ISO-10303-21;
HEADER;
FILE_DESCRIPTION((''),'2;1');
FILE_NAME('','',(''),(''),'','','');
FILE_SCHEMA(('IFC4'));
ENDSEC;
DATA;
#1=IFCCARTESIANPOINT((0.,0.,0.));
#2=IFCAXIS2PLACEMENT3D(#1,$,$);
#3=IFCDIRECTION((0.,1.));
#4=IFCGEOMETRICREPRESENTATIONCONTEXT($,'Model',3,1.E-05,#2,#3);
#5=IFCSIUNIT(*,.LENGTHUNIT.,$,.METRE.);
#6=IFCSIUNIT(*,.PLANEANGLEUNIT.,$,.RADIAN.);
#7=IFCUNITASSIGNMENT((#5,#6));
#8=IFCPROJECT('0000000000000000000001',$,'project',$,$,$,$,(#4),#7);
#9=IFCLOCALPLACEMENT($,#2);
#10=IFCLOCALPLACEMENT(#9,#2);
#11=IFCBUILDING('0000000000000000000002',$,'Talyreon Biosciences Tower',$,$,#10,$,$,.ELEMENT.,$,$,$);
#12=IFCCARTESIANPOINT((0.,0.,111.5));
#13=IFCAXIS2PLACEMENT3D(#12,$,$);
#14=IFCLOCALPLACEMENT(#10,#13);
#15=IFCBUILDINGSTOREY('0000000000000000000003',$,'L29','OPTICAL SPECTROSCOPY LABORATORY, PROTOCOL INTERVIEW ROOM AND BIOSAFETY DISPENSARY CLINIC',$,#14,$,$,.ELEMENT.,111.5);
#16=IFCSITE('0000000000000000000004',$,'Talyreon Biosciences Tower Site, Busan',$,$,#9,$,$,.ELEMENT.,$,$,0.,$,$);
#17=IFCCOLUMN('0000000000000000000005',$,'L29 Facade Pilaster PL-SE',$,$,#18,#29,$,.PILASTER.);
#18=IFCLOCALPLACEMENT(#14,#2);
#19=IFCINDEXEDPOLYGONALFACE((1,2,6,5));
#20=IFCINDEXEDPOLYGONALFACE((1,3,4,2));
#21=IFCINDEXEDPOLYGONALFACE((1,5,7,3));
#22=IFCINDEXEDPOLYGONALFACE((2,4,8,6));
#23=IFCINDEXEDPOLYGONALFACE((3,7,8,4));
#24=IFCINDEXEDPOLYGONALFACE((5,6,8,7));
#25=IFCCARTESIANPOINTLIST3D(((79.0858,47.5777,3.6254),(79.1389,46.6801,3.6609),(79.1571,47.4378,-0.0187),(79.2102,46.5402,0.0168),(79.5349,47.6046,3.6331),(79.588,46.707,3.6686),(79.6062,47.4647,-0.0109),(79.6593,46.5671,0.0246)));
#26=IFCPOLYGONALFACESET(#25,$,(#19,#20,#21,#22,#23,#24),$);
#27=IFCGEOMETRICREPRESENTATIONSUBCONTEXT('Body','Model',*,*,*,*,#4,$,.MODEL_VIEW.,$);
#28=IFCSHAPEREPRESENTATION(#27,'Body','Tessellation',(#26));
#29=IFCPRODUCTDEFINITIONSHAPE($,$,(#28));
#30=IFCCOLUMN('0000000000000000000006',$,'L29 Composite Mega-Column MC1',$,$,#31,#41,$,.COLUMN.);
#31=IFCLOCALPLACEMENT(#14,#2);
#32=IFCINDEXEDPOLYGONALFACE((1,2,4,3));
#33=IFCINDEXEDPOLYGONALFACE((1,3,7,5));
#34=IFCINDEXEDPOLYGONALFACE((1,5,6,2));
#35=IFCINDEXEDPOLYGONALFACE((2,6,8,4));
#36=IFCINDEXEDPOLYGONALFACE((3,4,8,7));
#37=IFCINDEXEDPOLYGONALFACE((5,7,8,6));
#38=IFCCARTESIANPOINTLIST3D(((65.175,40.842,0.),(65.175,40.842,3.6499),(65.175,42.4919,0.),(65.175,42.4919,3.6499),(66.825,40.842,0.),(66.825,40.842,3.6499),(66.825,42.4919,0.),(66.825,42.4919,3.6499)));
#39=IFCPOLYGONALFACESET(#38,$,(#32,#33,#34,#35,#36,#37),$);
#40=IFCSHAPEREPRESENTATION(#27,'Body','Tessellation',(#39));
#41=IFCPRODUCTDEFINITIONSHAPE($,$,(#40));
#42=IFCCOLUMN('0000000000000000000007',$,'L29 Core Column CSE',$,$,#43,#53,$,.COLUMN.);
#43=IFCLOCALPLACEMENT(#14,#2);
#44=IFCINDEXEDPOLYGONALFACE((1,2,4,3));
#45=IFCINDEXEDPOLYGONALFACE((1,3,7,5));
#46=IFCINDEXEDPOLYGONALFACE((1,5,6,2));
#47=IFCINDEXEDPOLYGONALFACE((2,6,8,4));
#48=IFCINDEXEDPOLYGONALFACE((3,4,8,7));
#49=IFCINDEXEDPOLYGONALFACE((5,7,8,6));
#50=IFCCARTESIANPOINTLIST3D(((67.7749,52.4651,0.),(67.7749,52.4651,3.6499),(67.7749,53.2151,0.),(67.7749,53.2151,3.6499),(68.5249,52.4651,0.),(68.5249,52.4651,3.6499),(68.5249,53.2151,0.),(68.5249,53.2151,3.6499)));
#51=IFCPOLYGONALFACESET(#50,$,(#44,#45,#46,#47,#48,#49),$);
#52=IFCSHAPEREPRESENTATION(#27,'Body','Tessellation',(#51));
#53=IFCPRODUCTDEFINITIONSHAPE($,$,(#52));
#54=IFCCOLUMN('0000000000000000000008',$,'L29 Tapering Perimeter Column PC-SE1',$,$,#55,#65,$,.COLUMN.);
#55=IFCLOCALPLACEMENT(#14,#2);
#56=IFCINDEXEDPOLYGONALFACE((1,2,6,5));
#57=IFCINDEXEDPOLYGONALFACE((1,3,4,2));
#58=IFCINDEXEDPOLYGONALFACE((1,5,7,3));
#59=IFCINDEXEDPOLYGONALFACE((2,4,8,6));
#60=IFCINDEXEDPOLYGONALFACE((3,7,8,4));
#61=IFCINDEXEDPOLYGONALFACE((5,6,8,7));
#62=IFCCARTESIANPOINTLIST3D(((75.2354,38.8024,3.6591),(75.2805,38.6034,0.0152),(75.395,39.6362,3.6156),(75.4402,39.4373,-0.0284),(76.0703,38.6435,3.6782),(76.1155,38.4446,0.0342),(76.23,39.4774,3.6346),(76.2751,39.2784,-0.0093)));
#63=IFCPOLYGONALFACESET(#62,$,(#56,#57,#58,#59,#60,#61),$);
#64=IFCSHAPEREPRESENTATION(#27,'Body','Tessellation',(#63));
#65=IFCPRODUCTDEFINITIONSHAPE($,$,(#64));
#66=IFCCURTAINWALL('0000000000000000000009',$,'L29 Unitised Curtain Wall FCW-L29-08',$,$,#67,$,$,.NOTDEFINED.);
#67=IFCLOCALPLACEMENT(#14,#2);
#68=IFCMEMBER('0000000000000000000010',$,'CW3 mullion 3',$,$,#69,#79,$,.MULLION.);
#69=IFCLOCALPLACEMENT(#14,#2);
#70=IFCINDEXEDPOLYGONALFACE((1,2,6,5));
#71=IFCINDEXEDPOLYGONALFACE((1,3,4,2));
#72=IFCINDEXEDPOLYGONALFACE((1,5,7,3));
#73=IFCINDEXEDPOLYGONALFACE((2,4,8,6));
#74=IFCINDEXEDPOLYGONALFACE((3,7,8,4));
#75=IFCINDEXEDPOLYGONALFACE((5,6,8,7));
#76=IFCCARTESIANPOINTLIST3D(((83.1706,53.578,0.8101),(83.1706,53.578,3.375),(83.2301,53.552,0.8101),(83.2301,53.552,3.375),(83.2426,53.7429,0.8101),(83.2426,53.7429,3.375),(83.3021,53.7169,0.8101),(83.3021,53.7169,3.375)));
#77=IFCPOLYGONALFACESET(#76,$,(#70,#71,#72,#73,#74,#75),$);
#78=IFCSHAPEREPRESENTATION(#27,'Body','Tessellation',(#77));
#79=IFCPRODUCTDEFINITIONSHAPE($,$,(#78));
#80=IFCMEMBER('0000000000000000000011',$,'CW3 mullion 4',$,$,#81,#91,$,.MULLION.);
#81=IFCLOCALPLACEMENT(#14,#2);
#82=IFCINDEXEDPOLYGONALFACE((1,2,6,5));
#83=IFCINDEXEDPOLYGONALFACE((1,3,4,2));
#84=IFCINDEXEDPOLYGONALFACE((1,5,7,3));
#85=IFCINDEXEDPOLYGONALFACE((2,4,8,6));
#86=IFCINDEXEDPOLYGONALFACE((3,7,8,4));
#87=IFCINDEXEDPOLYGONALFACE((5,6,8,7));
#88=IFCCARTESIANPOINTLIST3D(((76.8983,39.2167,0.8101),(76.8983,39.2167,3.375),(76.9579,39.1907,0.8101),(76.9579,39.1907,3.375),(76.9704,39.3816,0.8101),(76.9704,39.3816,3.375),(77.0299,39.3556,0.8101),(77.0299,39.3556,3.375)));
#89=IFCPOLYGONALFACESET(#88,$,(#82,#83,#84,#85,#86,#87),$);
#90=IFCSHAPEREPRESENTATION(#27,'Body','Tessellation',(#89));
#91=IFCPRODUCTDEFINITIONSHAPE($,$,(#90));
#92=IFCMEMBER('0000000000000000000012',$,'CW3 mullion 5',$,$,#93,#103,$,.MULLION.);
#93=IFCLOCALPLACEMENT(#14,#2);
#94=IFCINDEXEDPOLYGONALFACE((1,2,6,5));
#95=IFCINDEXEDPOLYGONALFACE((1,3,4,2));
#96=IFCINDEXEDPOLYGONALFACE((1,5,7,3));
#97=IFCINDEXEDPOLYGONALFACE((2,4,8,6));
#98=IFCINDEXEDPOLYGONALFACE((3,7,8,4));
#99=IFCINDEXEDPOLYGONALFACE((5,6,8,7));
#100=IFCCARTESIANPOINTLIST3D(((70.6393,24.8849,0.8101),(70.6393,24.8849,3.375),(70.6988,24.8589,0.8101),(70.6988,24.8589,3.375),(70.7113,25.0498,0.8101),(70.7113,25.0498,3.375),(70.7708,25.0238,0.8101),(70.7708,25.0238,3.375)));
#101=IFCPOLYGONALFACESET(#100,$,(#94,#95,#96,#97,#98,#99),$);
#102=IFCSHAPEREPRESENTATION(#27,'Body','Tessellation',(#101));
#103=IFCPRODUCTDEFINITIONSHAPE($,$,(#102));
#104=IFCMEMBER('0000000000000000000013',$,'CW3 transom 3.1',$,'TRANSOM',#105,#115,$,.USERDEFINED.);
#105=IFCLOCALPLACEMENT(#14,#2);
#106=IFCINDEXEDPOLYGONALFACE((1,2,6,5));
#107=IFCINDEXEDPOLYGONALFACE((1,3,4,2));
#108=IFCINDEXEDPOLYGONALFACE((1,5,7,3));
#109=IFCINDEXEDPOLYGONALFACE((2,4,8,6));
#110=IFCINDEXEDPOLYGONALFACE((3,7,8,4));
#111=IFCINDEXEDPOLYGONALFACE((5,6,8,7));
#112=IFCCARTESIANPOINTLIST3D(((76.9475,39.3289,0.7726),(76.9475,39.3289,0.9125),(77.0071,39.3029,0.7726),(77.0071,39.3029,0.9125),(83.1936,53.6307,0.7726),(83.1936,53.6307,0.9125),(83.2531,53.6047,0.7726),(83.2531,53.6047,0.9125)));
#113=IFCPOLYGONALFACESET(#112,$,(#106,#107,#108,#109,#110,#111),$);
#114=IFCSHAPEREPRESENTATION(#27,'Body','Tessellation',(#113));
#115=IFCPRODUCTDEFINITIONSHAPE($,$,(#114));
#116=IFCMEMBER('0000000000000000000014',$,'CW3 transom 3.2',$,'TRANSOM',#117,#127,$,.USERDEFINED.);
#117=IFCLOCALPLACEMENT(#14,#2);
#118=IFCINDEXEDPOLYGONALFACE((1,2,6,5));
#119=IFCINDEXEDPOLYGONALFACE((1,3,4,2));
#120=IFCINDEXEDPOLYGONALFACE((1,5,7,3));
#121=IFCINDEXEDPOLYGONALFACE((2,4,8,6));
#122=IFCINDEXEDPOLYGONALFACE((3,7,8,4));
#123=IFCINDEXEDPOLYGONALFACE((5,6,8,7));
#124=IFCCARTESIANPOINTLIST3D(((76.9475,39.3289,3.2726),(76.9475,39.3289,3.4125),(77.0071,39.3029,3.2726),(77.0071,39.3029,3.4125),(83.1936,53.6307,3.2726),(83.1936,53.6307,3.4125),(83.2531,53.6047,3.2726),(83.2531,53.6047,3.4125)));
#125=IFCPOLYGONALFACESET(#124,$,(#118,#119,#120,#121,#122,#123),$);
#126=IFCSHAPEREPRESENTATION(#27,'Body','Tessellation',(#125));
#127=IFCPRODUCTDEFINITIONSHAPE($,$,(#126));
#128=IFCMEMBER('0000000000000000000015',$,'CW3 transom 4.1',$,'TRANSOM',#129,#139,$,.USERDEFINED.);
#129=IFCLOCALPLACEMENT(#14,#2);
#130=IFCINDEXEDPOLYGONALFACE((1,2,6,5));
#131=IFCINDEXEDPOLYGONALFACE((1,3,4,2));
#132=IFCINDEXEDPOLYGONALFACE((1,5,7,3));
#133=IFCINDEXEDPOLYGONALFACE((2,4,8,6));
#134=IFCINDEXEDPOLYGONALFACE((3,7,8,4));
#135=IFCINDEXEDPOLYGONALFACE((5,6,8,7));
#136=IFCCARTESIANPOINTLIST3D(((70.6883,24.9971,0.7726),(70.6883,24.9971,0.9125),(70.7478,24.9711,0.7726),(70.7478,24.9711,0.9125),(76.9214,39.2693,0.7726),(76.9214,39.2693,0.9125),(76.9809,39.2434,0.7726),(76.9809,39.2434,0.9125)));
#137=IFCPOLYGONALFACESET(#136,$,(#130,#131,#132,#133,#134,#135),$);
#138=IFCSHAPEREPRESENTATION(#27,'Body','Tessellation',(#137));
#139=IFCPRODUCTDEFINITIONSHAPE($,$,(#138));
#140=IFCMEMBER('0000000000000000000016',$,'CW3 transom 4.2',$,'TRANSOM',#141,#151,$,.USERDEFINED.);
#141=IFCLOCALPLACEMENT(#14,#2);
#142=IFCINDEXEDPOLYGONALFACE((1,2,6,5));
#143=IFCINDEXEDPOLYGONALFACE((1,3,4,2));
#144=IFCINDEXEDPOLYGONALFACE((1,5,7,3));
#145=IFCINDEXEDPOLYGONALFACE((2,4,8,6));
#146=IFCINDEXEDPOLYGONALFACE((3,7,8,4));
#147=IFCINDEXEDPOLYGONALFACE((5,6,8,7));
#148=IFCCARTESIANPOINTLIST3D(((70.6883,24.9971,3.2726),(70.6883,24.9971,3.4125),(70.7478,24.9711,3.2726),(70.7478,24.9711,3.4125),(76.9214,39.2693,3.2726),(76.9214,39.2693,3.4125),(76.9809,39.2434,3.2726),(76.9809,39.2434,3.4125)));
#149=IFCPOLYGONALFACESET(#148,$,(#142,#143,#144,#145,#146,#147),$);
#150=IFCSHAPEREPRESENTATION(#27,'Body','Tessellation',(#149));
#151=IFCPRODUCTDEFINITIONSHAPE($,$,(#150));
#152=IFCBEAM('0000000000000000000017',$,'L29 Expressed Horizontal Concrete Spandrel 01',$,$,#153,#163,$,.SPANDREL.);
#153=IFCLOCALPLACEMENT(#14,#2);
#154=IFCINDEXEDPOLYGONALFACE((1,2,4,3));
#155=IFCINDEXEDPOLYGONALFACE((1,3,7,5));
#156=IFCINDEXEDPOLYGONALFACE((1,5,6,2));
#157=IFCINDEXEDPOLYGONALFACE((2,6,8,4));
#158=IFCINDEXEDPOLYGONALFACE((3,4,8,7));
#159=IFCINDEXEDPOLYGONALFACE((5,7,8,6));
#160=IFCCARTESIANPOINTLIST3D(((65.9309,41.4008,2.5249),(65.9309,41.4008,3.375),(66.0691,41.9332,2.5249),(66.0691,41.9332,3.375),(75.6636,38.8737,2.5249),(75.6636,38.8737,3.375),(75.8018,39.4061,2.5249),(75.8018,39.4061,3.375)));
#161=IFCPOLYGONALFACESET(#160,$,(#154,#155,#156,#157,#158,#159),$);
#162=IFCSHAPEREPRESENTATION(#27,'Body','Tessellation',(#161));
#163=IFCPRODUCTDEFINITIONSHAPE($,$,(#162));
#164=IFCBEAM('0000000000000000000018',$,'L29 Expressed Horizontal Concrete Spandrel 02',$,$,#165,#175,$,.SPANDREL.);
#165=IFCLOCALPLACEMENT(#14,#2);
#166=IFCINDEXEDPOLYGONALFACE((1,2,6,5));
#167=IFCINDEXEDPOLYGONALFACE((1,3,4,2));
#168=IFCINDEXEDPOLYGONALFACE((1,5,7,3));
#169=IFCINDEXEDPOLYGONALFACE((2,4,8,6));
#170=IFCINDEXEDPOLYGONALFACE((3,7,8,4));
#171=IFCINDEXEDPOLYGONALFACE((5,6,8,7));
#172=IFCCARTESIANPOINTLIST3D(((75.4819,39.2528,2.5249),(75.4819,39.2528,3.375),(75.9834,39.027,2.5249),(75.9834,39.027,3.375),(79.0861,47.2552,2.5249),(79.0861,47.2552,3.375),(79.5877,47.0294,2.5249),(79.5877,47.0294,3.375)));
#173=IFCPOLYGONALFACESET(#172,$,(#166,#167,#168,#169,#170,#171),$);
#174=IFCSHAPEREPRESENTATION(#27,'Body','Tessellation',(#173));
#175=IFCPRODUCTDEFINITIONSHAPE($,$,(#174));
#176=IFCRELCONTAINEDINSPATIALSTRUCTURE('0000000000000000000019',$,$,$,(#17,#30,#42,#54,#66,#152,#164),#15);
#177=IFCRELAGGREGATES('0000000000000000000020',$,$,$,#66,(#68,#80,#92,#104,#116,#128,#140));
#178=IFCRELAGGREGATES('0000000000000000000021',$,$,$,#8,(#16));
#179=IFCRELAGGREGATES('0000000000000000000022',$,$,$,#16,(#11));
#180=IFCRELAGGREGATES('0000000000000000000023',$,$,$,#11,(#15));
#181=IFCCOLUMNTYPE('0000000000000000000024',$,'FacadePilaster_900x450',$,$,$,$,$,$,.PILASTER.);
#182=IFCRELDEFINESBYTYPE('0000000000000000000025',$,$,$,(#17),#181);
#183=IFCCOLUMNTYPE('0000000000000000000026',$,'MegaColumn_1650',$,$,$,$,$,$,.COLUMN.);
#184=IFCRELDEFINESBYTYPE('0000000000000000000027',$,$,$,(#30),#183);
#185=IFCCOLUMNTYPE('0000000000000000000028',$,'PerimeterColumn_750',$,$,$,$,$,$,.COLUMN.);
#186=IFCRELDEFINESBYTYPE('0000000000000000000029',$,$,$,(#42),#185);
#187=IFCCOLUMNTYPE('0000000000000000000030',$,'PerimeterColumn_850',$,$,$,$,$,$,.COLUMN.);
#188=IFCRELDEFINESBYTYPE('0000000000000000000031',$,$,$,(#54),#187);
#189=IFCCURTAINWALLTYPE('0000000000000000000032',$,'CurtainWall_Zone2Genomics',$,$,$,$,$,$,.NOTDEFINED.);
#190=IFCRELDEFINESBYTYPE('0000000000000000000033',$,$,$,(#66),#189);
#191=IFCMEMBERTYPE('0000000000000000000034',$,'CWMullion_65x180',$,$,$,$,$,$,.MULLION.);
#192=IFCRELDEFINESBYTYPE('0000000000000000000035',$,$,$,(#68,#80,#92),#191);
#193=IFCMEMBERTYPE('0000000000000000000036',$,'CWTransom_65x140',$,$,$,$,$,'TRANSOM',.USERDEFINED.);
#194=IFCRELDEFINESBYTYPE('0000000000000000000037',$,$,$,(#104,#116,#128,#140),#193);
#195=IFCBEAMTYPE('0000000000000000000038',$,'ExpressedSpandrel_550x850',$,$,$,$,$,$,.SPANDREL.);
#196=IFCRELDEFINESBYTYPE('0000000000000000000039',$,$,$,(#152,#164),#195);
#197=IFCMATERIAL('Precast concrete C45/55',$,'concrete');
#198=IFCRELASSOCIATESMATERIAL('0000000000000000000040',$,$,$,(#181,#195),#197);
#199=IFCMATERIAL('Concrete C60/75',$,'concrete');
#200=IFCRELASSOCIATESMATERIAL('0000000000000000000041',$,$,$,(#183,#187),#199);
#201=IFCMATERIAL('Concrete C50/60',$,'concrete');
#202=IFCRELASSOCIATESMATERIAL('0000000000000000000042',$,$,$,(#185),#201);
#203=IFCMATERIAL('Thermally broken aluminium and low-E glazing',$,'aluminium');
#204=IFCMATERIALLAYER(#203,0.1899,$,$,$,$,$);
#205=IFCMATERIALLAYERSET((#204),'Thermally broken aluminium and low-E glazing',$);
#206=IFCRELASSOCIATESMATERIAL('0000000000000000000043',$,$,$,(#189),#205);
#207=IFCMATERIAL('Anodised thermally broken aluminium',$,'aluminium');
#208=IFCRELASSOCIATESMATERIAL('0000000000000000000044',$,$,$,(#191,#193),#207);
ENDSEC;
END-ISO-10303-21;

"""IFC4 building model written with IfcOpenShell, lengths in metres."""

from ifc_helpers import new_model, si_unit, direction, frame, origin, origin_2d, place, context, subcontext, project, spatial, rectangle, extrude, material, layer, layer_set, material_profile, profile_set, type_object, element, aggregate, save


model = new_model("IFC4")

# Units and contexts
model_context = context("Model", 3, precision=1e-05, world=origin(), true_north=direction((0.0, 1.0)))
body_context = subcontext(model_context, "Body", "Model", "MODEL_VIEW")
ifc_project = project(units=[si_unit("LENGTHUNIT", "METRE"), si_unit("PLANEANGLEUNIT", "RADIAN")], contexts=[model_context])

# Site, building, storey
site_placement = place(None, origin())
site = spatial("IfcSite", under=ifc_project, at=site_placement, Name="Talyreon Biosciences Tower Site, Busan", CompositionType="ELEMENT", RefElevation=0.0)
building_placement = place(site_placement, origin())
building = spatial("IfcBuilding", under=site, at=building_placement, Name="Talyreon Biosciences Tower", CompositionType="ELEMENT")
storey_placement = place(building_placement, frame((0.0, 0.0, 111.5)))
storey = spatial("IfcBuildingStorey", under=building, at=storey_placement, Name="L29", Description="OPTICAL SPECTROSCOPY LABORATORY, PROTOCOL INTERVIEW ROOM AND BIOSAFETY DISPENSARY CLINIC", CompositionType="ELEMENT", Elevation=111.5)

# Columns
ifc_material_1 = material(Name="Precast concrete C45/55", Category="concrete")
ifc_material_profile_1 = material_profile(ifc_material_1, rectangle(XDim=0.8999, YDim=0.45, at=origin_2d()), Name="RC 900x450")
ifc_profile_set_1 = profile_set([ifc_material_profile_1], Name="Precast concrete C45/55")
column_type_1 = type_object("IfcColumnType", Name="FacadePilaster_900x450", PredefinedType="PILASTER", material=ifc_profile_set_1)
column_1_placement = place(storey_placement, frame((79.4082, 47.0024, 0.0029), z_axis=(-0.019545, 0.038354, 0.999073), x_axis=(0.059048, -0.997475, 0.039448)))
element("IfcColumn", 1, at=column_1_placement, inside=storey, type_object=column_type_1, Name="L29 Facade Pilaster PL-SE", PredefinedType="PILASTER", context=body_context, shape_type="SweptSolid", body=[
    extrude(rectangle(XDim=0.8999, YDim=0.45, at=origin_2d()), origin(), (0.0, 0.0, 1.0), 3.6475),
])
ifc_material_2 = material(Name="Concrete C60/75", Category="concrete")
ifc_material_profile_2 = material_profile(ifc_material_2, rectangle(XDim=1.6499, YDim=1.6499, at=origin_2d()), Name="RC 1650x1650")
ifc_profile_set_2 = profile_set([ifc_material_profile_2], Name="Concrete C60/75")
column_type_2 = type_object("IfcColumnType", Name="MegaColumn_1650", PredefinedType="COLUMN", material=ifc_profile_set_2)
column_2_placement = place(storey_placement, frame((66.0, 41.667, 0.0), z_axis=(0.0, 0.0, 1.0), x_axis=(1.0, 0.0, 0.0)))
element("IfcColumn", 2, at=column_2_placement, inside=storey, type_object=column_type_2, Name="L29 Composite Mega-Column MC1", PredefinedType="COLUMN", context=body_context, shape_type="SweptSolid", body=[
    extrude(rectangle(XDim=1.6499, YDim=1.6499, at=origin_2d()), origin(), (0.0, 0.0, 1.0), 3.6499),
])
ifc_material_3 = material(Name="Concrete C50/60", Category="concrete")
ifc_material_profile_3 = material_profile(ifc_material_3, rectangle(XDim=0.75, YDim=0.75, at=origin_2d()), Name="RC 750x750")
ifc_profile_set_3 = profile_set([ifc_material_profile_3], Name="Concrete C50/60")
column_type_3 = type_object("IfcColumnType", Name="PerimeterColumn_750", PredefinedType="COLUMN", material=ifc_profile_set_3)
column_3_placement = place(storey_placement, frame((68.1499, 52.8401, 0.0), z_axis=(0.0, 0.0, 1.0), x_axis=(1.0, 0.0, 0.0)))
element("IfcColumn", 3, at=column_3_placement, inside=storey, type_object=column_type_3, Name="L29 Core Column CSE", PredefinedType="COLUMN", context=body_context, shape_type="SweptSolid", body=[
    extrude(rectangle(XDim=0.75, YDim=0.75, at=origin_2d()), origin(), (0.0, 0.0, 1.0), 3.6499),
])
ifc_material_profile_4 = material_profile(ifc_material_2, rectangle(XDim=0.8501, YDim=0.8501, at=origin_2d()), Name="RC 850x850")
ifc_profile_set_4 = profile_set([ifc_material_profile_4], Name="Concrete C60/75")
column_type_4 = type_object("IfcColumnType", Name="PerimeterColumn_850", PredefinedType="COLUMN", material=ifc_profile_set_4)
column_4_placement = place(storey_placement, frame((75.7778, 38.9409, 0.0029), z_axis=(-0.012375, 0.054517, 0.998436), x_axis=(-0.187817, -0.980867, 0.05123)))
element("IfcColumn", 4, at=column_4_placement, inside=storey, type_object=column_type_4, Name="L29 Tapering Perimeter Column PC-SE1", PredefinedType="COLUMN", context=body_context, shape_type="SweptSolid", body=[
    extrude(rectangle(XDim=0.8501, YDim=0.8501, at=origin_2d()), origin(), (0.0, 0.0, 1.0), 3.6497),
])

# Curtain wall, members
ifc_material_4 = material(Name="Thermally broken aluminium and low-E glazing", Category="aluminium")
ifc_layer_1 = layer(ifc_material_4, 0.1899)
ifc_layer_set_1 = layer_set([ifc_layer_1], Name="Thermally broken aluminium and low-E glazing")
curtain_wall_type = type_object("IfcCurtainWallType", Name="CurtainWall_Zone2Genomics", PredefinedType="NOTDEFINED", material=ifc_layer_set_1)
curtain_wall_placement = place(storey_placement, origin())
curtain_wall = element("IfcCurtainWall", 5, at=curtain_wall_placement, inside=storey, type_object=curtain_wall_type, Name="L29 Unitised Curtain Wall FCW-L29-08", PredefinedType="NOTDEFINED")
ifc_material_5 = material(Name="Anodised thermally broken aluminium", Category="aluminium")
ifc_material_profile_5 = material_profile(ifc_material_5, rectangle(XDim=0.0649, YDim=0.1799, at=origin_2d()), Name="ALUM MULLION 65x180")
ifc_profile_set_5 = profile_set([ifc_material_profile_5], Name="Anodised thermally broken aluminium")
member_type_1 = type_object("IfcMemberType", Name="CWMullion_65x180", PredefinedType="MULLION", material=ifc_profile_set_5)
member_1_placement = place(storey_placement, frame((83.2363, 53.6475, 0.8101), z_axis=(0.0, 0.0, 1.0), x_axis=(0.916416, -0.400226, 0.0)))
member_1 = element("IfcMember", 6, at=member_1_placement, type_object=member_type_1, Name="CW3 mullion 3", PredefinedType="MULLION", context=body_context, shape_type="SweptSolid", body=[
    extrude(rectangle(XDim=0.0649, YDim=0.1799, at=origin_2d()), origin(), (0.0, 0.0, 1.0), 2.5649),
])
member_2_placement = place(storey_placement, frame((76.9641, 39.2861, 0.8101), z_axis=(0.0, 0.0, 1.0), x_axis=(0.916416, -0.400226, 0.0)))
member_2 = element("IfcMember", 7, at=member_2_placement, type_object=member_type_1, Name="CW3 mullion 4", PredefinedType="MULLION", context=body_context, shape_type="SweptSolid", body=[
    extrude(rectangle(XDim=0.0649, YDim=0.1799, at=origin_2d()), origin(), (0.0, 0.0, 1.0), 2.5649),
])
member_3_placement = place(storey_placement, frame((70.7051, 24.9543, 0.8101), z_axis=(0.0, 0.0, 1.0), x_axis=(0.916416, -0.400226, 0.0)))
member_3 = element("IfcMember", 8, at=member_3_placement, type_object=member_type_1, Name="CW3 mullion 5", PredefinedType="MULLION", context=body_context, shape_type="SweptSolid", body=[
    extrude(rectangle(XDim=0.0649, YDim=0.1799, at=origin_2d()), origin(), (0.0, 0.0, 1.0), 2.5649),
])
ifc_material_profile_6 = material_profile(ifc_material_5, rectangle(XDim=0.0649, YDim=0.1399, at=origin_2d()), Name="ALUM TRANSOM 65x140")
ifc_profile_set_6 = profile_set([ifc_material_profile_6], Name="Anodised thermally broken aluminium")
member_type_2 = type_object("IfcMemberType", Name="CWTransom_65x140", ElementType="TRANSOM", PredefinedType="USERDEFINED", material=ifc_profile_set_6)
member_4_placement = place(storey_placement, frame((83.2234, 53.6177, 0.8425), z_axis=(-0.400231, -0.916414, 0.0), x_axis=(0.916414, -0.400231, 0.0)))
member_4 = element("IfcMember", 9, at=member_4_placement, type_object=member_type_2, Name="CW3 transom 3.1", ObjectType="TRANSOM", PredefinedType="USERDEFINED", context=body_context, shape_type="SweptSolid", body=[
    extrude(rectangle(XDim=0.0649, YDim=0.1399, at=origin_2d()), origin(), (0.0, 0.0, 1.0), 15.6062),
])
member_5_placement = place(storey_placement, frame((83.2234, 53.6177, 3.3425), z_axis=(-0.400231, -0.916414, 0.0), x_axis=(0.916414, -0.400231, 0.0)))
member_5 = element("IfcMember", 10, at=member_5_placement, type_object=member_type_2, Name="CW3 transom 3.2", ObjectType="TRANSOM", PredefinedType="USERDEFINED", context=body_context, shape_type="SweptSolid", body=[
    extrude(rectangle(XDim=0.0649, YDim=0.1399, at=origin_2d()), origin(), (0.0, 0.0, 1.0), 15.6062),
])
member_6_placement = place(storey_placement, frame((76.9512, 39.2563, 0.8425), z_axis=(-0.400229, -0.916415, 0.0), x_axis=(0.916415, -0.400229, 0.0)))
member_6 = element("IfcMember", 11, at=member_6_placement, type_object=member_type_2, Name="CW3 transom 4.1", ObjectType="TRANSOM", PredefinedType="USERDEFINED", context=body_context, shape_type="SweptSolid", body=[
    extrude(rectangle(XDim=0.0649, YDim=0.1399, at=origin_2d()), origin(), (0.0, 0.0, 1.0), 15.574),
])
member_7_placement = place(storey_placement, frame((76.9512, 39.2563, 3.3425), z_axis=(-0.400229, -0.916415, 0.0), x_axis=(0.916415, -0.400229, 0.0)))
member_7 = element("IfcMember", 12, at=member_7_placement, type_object=member_type_2, Name="CW3 transom 4.2", ObjectType="TRANSOM", PredefinedType="USERDEFINED", context=body_context, shape_type="SweptSolid", body=[
    extrude(rectangle(XDim=0.0649, YDim=0.1399, at=origin_2d()), origin(), (0.0, 0.0, 1.0), 15.574),
])

# Beams
ifc_material_profile_7 = material_profile(ifc_material_1, rectangle(XDim=0.55, YDim=0.8501, at=origin_2d()), Name="RCB 550x850")
ifc_profile_set_7 = profile_set([ifc_material_profile_7], Name="Precast concrete C45/55")
beam_type_1 = type_object("IfcBeamType", Name="ExpressedSpandrel_550x850", PredefinedType="SPANDREL", material=ifc_profile_set_7)
beam_1_placement = place(storey_placement, frame((66.0, 41.667, 2.95), z_axis=(0.967905, -0.251318, 0.0), x_axis=(0.251318, 0.967905, 0.0)))
element("IfcBeam", 13, at=beam_1_placement, inside=storey, type_object=beam_type_1, Name="L29 Expressed Horizontal Concrete Spandrel 01", PredefinedType="SPANDREL", context=body_context, shape_type="SweptSolid", body=[
    extrude(rectangle(XDim=0.55, YDim=0.8501, at=origin_2d()), origin(), (0.0, 0.0, 1.0), 10.0554),
])
beam_2_placement = place(storey_placement, frame((75.7327, 39.1399, 2.95), z_axis=(0.410663, 0.911787, 0.0), x_axis=(-0.911787, 0.410663, 0.0)))
element("IfcBeam", 14, at=beam_2_placement, inside=storey, type_object=beam_type_1, Name="L29 Expressed Horizontal Concrete Spandrel 02", PredefinedType="SPANDREL", context=body_context, shape_type="SweptSolid", body=[
    extrude(rectangle(XDim=0.55, YDim=0.8501, at=origin_2d()), origin(), (0.0, 0.0, 1.0), 8.7766),
])

aggregate(curtain_wall, [member_1, member_2, member_3, member_4, member_5, member_6, member_7])

save(model, "model.ifc")
